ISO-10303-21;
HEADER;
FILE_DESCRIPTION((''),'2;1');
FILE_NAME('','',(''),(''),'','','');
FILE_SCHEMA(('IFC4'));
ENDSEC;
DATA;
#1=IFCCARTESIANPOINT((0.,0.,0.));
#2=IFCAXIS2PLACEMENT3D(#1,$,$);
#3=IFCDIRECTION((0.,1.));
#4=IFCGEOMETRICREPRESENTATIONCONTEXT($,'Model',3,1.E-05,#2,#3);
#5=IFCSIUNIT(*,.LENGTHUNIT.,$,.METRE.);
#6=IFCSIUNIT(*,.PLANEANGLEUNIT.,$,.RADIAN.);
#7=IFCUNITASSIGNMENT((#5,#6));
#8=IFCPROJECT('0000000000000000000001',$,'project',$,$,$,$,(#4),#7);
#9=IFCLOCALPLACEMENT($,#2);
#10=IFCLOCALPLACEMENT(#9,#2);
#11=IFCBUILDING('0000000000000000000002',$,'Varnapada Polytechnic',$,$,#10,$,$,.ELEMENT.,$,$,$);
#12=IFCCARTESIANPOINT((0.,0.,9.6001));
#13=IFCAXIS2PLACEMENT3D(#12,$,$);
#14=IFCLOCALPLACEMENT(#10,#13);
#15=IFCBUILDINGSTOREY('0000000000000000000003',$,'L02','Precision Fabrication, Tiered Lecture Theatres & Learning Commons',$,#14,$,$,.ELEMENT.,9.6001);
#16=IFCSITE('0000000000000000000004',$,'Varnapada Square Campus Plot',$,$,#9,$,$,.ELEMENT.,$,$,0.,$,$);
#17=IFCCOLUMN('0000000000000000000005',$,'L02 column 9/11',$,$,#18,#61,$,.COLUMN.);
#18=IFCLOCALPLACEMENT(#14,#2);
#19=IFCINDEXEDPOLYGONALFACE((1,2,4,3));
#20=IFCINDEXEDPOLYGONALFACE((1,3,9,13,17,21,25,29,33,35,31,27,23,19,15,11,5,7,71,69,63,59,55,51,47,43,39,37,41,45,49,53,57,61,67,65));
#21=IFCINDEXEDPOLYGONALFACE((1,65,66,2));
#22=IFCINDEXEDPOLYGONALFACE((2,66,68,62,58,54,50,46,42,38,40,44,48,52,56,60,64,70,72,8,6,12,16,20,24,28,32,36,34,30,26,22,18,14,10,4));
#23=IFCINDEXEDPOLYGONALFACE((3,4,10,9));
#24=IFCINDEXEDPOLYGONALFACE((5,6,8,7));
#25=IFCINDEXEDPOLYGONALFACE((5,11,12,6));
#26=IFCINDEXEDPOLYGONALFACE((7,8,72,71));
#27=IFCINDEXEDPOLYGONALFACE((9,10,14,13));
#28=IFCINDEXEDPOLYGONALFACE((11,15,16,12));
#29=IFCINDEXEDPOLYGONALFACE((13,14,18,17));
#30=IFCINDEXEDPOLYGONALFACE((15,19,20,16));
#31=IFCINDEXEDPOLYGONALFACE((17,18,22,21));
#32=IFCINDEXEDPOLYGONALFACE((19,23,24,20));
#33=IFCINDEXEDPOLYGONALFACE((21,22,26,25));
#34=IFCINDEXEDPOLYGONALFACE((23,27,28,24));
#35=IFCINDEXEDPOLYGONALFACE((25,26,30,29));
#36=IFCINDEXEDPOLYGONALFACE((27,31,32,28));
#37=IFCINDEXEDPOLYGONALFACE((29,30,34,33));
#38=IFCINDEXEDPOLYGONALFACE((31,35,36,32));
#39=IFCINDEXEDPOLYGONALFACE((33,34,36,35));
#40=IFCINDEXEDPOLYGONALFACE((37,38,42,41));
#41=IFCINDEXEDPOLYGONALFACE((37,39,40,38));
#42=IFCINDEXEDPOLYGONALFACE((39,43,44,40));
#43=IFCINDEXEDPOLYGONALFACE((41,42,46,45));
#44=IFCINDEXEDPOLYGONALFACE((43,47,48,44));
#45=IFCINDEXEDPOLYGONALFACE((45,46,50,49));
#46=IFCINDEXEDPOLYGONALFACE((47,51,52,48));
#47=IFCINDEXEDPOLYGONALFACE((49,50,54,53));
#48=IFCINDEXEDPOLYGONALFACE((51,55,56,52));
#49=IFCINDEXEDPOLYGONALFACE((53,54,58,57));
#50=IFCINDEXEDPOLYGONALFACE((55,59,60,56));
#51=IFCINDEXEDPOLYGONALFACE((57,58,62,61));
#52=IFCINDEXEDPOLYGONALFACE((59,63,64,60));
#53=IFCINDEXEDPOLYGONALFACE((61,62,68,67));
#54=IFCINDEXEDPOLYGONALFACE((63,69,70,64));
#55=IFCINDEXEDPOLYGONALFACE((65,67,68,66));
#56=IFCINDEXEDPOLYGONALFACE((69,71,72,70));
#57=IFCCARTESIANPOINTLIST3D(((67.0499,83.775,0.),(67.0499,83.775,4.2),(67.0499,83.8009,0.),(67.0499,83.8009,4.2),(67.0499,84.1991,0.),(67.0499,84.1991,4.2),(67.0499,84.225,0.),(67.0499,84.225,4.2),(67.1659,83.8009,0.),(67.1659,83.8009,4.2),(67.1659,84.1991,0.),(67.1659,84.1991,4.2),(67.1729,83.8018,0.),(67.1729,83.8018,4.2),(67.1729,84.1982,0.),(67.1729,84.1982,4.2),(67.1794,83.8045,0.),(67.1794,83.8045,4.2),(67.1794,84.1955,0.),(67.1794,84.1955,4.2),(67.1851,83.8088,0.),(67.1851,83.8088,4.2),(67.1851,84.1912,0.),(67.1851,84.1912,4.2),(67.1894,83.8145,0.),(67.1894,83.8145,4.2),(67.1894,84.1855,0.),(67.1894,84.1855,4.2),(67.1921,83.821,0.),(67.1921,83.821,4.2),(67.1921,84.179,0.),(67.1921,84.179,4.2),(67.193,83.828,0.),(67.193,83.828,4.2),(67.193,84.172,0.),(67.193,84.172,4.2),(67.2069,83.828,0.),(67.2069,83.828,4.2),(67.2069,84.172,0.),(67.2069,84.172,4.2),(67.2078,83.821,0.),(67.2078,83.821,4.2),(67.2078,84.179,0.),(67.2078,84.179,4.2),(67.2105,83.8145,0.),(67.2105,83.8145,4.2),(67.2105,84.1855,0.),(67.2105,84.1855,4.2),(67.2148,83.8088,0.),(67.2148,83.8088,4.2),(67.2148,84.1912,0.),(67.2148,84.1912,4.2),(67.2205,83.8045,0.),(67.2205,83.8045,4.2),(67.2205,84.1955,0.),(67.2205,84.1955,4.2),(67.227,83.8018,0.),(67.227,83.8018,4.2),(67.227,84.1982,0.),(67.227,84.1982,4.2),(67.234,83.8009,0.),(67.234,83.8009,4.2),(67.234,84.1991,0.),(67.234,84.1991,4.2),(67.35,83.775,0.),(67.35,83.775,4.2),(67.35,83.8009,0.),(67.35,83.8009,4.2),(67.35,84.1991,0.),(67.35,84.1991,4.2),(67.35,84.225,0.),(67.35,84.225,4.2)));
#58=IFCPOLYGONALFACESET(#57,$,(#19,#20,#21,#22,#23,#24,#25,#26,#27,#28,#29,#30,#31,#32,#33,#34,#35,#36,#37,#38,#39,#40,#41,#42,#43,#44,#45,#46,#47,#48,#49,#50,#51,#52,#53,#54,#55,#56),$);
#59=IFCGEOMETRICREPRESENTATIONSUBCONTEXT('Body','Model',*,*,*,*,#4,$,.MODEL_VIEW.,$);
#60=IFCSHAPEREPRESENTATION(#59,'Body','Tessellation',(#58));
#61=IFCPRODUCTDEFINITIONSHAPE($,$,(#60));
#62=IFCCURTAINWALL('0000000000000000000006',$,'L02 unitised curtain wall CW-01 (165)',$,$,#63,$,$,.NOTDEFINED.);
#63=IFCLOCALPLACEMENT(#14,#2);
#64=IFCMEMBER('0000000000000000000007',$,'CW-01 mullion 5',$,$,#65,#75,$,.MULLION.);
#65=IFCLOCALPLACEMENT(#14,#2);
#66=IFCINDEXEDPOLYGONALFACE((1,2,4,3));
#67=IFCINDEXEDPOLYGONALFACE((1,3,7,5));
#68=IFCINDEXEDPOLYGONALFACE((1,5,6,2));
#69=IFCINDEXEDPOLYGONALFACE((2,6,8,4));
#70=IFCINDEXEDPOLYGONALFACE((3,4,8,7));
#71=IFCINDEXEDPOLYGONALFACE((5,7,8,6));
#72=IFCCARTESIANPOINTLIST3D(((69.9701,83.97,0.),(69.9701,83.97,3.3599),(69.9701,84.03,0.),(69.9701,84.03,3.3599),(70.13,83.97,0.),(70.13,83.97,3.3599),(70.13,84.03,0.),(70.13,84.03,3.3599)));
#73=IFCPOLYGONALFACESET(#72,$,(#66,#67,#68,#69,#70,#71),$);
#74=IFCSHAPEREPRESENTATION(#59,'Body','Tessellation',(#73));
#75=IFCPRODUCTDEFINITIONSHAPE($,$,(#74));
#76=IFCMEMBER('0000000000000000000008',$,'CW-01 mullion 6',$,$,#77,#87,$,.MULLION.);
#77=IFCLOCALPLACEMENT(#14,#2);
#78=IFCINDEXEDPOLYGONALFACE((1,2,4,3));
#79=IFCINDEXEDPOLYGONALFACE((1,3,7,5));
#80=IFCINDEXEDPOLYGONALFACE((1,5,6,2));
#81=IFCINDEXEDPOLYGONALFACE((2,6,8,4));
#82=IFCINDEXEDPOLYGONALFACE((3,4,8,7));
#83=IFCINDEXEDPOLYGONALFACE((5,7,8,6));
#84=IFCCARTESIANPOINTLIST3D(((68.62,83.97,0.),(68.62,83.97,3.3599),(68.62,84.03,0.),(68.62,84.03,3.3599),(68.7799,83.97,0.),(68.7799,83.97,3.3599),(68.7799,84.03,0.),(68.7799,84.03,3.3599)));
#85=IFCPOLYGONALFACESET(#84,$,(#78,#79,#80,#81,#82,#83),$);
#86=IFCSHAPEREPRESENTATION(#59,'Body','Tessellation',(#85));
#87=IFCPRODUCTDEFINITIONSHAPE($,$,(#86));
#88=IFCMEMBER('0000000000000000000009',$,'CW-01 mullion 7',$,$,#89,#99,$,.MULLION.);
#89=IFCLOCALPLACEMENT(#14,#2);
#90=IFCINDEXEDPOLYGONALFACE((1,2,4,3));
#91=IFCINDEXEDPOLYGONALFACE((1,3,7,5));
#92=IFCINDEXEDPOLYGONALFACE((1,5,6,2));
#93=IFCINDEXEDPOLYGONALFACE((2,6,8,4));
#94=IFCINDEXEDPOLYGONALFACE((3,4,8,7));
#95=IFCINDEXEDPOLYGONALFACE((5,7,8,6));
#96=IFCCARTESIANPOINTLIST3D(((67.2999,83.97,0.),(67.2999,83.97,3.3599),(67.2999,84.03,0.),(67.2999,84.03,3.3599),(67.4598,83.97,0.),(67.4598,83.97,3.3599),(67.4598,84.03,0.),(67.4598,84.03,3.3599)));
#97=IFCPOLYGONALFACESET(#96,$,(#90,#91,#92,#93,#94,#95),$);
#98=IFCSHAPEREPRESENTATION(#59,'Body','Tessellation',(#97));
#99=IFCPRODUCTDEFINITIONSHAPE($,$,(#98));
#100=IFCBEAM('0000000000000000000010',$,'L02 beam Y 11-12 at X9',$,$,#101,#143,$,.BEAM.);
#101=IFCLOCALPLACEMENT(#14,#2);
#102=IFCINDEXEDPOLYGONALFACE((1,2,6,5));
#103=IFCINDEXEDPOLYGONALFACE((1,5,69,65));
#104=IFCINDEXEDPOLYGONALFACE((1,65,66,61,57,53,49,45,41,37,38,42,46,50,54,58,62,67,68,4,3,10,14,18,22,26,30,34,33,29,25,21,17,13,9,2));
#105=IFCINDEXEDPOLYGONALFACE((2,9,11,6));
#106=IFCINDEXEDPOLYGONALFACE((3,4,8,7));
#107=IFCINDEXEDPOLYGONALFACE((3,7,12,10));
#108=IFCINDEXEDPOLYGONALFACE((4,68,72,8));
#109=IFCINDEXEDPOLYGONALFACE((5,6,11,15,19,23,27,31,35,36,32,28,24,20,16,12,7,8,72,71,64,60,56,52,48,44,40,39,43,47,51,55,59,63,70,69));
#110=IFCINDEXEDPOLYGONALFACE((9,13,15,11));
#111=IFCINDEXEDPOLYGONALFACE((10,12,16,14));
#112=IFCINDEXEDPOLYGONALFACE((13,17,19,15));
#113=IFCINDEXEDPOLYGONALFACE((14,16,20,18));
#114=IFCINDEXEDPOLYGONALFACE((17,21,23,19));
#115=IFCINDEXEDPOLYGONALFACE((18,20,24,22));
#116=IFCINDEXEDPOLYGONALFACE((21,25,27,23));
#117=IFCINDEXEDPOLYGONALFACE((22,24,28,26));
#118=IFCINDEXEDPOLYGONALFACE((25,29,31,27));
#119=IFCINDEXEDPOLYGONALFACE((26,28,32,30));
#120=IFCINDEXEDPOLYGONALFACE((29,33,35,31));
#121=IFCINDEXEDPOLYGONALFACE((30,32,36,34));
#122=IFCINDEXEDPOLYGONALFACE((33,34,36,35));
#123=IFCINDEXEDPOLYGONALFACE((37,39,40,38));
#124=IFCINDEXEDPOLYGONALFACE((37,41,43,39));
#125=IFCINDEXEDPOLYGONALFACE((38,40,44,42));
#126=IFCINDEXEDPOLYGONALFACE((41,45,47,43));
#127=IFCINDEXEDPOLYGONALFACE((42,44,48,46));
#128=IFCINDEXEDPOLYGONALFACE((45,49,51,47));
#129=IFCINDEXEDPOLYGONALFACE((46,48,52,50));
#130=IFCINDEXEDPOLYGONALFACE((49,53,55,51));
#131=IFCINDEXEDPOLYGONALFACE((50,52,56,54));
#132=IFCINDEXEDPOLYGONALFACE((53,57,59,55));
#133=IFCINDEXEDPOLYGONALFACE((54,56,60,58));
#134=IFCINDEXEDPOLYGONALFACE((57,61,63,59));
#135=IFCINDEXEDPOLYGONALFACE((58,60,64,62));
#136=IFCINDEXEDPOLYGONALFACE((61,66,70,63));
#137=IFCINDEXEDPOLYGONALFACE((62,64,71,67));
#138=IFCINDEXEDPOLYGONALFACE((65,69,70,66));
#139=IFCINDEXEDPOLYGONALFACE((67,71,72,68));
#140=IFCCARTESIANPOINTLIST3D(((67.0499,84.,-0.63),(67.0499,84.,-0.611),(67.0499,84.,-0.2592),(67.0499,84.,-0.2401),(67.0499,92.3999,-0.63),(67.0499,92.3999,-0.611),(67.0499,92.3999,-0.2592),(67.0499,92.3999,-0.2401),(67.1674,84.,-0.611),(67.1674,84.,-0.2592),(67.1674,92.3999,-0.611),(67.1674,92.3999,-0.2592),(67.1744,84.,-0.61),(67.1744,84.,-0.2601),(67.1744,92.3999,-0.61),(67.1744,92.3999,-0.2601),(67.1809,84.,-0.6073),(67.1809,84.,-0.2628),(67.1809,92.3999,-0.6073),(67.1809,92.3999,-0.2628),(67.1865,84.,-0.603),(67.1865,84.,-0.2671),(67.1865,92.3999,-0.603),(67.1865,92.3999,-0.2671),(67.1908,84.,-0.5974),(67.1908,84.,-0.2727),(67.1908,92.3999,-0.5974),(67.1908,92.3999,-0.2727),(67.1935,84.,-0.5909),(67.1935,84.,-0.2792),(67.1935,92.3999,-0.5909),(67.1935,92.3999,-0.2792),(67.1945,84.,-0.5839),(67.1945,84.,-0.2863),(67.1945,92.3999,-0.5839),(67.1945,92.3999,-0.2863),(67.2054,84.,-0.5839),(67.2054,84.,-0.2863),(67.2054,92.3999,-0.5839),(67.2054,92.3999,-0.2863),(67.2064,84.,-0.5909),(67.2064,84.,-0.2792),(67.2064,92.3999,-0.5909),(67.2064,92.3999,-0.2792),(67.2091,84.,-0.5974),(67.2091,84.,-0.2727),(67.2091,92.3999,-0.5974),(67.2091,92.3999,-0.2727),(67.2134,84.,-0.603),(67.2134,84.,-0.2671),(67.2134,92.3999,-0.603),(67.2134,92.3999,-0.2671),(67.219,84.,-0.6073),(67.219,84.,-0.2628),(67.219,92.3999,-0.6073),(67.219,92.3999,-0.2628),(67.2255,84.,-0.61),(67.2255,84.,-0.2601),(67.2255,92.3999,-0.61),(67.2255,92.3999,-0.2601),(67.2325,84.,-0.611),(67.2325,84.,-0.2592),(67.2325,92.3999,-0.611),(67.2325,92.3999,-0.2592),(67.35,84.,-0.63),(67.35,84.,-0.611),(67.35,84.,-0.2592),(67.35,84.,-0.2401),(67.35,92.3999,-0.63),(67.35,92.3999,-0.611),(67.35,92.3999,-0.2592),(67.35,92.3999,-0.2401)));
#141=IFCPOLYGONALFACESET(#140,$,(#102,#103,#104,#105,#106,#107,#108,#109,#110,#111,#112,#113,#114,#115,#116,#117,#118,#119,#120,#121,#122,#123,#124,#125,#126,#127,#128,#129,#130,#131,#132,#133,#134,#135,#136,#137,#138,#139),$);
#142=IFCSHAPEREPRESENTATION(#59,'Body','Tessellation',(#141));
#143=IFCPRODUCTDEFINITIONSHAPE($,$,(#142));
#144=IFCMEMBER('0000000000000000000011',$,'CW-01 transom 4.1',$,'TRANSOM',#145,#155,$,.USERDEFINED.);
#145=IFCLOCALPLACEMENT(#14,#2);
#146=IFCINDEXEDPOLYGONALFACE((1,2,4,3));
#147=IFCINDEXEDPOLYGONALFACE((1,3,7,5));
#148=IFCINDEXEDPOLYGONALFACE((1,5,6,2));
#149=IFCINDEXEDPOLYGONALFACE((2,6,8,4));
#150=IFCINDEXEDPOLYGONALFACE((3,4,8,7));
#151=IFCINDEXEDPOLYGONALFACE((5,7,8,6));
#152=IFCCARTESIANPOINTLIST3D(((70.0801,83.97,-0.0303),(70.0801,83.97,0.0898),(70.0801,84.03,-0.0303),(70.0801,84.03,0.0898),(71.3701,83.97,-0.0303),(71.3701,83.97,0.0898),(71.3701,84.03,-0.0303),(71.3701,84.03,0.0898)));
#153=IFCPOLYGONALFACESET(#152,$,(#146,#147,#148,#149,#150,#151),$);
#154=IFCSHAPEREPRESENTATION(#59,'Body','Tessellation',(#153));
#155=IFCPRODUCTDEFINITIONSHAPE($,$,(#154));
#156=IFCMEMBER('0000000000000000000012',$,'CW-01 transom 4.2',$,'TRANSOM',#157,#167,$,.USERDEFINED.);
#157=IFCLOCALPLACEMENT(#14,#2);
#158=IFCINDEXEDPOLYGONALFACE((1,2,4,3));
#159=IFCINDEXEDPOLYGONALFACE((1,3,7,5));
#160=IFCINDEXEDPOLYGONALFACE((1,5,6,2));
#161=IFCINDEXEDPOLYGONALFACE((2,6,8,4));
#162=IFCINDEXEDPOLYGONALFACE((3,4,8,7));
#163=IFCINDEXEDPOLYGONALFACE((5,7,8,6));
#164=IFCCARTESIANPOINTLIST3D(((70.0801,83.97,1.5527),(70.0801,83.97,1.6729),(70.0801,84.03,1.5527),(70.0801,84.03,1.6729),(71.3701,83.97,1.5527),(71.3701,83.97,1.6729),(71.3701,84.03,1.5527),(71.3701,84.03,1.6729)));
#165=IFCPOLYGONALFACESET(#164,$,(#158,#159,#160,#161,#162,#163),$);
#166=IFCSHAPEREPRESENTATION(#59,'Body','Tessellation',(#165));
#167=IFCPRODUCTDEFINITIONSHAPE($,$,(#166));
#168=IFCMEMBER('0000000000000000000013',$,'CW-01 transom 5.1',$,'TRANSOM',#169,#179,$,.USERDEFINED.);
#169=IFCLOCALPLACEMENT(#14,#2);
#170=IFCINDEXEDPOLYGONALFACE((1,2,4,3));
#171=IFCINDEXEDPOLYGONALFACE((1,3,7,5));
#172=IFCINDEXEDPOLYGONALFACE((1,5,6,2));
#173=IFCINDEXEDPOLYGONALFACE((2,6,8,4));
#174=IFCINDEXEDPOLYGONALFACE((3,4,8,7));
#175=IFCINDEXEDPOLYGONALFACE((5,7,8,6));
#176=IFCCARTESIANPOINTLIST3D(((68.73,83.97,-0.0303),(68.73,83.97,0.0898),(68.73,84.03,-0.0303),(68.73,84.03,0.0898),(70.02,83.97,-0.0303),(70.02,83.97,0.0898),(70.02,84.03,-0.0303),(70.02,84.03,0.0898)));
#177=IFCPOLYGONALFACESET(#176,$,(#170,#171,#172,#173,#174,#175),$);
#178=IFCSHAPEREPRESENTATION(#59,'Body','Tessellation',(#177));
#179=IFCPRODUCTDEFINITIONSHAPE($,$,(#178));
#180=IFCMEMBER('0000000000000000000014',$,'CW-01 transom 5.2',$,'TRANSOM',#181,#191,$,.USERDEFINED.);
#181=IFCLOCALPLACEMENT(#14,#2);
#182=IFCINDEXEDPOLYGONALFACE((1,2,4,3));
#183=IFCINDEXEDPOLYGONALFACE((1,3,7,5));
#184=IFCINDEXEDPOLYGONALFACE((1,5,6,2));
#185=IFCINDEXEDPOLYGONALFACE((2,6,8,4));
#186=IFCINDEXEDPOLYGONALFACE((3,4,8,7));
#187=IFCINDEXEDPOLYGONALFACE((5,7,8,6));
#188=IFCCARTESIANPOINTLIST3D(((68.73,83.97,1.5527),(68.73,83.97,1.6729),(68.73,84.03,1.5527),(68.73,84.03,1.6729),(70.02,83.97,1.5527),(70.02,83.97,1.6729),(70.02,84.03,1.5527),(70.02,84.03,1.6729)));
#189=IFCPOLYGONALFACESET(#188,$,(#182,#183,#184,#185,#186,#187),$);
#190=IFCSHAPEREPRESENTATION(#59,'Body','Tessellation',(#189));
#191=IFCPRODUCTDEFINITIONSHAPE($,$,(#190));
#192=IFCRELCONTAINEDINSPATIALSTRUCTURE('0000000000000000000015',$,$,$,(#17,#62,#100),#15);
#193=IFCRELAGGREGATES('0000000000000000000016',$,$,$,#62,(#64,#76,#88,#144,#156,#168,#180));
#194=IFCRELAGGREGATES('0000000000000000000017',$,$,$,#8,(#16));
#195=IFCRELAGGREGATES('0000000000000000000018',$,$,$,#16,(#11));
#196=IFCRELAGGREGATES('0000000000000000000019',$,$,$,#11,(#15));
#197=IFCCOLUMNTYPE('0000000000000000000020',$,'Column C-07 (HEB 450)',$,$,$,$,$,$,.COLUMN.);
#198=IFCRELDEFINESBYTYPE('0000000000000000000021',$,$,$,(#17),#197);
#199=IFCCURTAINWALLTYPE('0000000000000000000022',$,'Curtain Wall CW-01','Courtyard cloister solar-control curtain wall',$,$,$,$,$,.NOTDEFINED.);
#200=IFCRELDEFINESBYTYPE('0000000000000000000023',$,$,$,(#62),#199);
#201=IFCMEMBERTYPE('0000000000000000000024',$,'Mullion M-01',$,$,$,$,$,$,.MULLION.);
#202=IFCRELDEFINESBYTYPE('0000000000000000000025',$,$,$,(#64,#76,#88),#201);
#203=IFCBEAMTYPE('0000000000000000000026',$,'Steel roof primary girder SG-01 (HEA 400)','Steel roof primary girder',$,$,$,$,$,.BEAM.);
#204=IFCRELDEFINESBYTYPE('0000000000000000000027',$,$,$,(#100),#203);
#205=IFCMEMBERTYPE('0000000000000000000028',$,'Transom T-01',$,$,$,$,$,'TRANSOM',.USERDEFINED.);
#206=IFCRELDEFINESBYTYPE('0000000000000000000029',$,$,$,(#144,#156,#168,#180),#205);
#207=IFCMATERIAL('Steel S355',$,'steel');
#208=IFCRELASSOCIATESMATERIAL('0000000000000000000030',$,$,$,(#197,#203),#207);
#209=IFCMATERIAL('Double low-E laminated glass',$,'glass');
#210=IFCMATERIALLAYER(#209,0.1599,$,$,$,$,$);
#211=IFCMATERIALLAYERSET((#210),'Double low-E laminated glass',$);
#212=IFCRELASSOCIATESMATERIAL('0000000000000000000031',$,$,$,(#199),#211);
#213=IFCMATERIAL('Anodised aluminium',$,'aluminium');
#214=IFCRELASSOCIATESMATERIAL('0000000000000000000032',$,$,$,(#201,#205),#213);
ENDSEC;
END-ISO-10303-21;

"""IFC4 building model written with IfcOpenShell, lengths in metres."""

from ifc_helpers import new_model, si_unit, direction, frame, origin, origin_2d, place, context, subcontext, project, spatial, rectangle, i_section, extrude, material, layer, layer_set, material_profile, profile_set, type_object, element, aggregate, save


model = new_model("IFC4")

# Units and contexts
model_context = context("Model", 3, precision=1e-05, world=origin(), true_north=direction((0.0, 1.0)))
body_context = subcontext(model_context, "Body", "Model", "MODEL_VIEW")
ifc_project = project(units=[si_unit("LENGTHUNIT", "METRE"), si_unit("PLANEANGLEUNIT", "RADIAN")], contexts=[model_context])

# Site, building, storey
site_placement = place(None, origin())
site = spatial("IfcSite", under=ifc_project, at=site_placement, Name="Varnapada Square Campus Plot", CompositionType="ELEMENT", RefElevation=0.0)
building_placement = place(site_placement, origin())
building = spatial("IfcBuilding", under=site, at=building_placement, Name="Varnapada Polytechnic", CompositionType="ELEMENT")
storey_placement = place(building_placement, frame((0.0, 0.0, 9.6001)))
storey = spatial("IfcBuildingStorey", under=building, at=storey_placement, Name="L02", Description="Precision Fabrication, Tiered Lecture Theatres & Learning Commons", CompositionType="ELEMENT", Elevation=9.6001)

# Column
ifc_material_1 = material(Name="Steel S355", Category="steel")
ifc_material_profile_1 = material_profile(ifc_material_1, i_section(OverallWidth=0.3, OverallDepth=0.45, WebThickness=0.0139, FlangeThickness=0.0259, FilletRadius=0.0271, at=origin_2d()), Name="HEB 450")
ifc_profile_set_1 = profile_set([ifc_material_profile_1], Name="Steel S355")
column_type = type_object("IfcColumnType", Name="Column C-07 (HEB 450)", PredefinedType="COLUMN", material=ifc_profile_set_1)
column_placement = place(storey_placement, frame((67.2, 84.0, 0.0), z_axis=(0.0, 0.0, 1.0), x_axis=(1.0, 0.0, 0.0)))
element("IfcColumn", 1, at=column_placement, inside=storey, type_object=column_type, Name="L02 column 9/11", PredefinedType="COLUMN", context=body_context, shape_type="SweptSolid", body=[
    extrude(i_section(OverallWidth=0.3, OverallDepth=0.45, WebThickness=0.0139, FlangeThickness=0.0259, FilletRadius=0.0271, at=origin_2d()), origin(), (0.0, 0.0, 1.0), 4.2),
])

# Curtain wall, members
ifc_material_2 = material(Name="Double low-E laminated glass", Category="glass")
ifc_layer_1 = layer(ifc_material_2, 0.1599)
ifc_layer_set_1 = layer_set([ifc_layer_1], Name="Double low-E laminated glass")
curtain_wall_type = type_object("IfcCurtainWallType", Name="Curtain Wall CW-01", Description="Courtyard cloister solar-control curtain wall", PredefinedType="NOTDEFINED", material=ifc_layer_set_1)
curtain_wall_placement = place(storey_placement, origin())
curtain_wall = element("IfcCurtainWall", 2, at=curtain_wall_placement, inside=storey, type_object=curtain_wall_type, Name="L02 unitised curtain wall CW-01 (165)", PredefinedType="NOTDEFINED")
ifc_material_3 = material(Name="Anodised aluminium", Category="aluminium")
ifc_material_profile_2 = material_profile(ifc_material_3, rectangle(XDim=0.0601, YDim=0.1599, at=origin_2d()), Name="ALU M60x160")
ifc_profile_set_2 = profile_set([ifc_material_profile_2], Name="Anodised aluminium")
member_type_1 = type_object("IfcMemberType", Name="Mullion M-01", PredefinedType="MULLION", material=ifc_profile_set_2)
member_1_placement = place(storey_placement, frame((70.05, 84.0, 0.0), z_axis=(0.0, 0.0, 1.0), x_axis=(0.0, -1.0, 0.0)))
member_1 = element("IfcMember", 3, at=member_1_placement, type_object=member_type_1, Name="CW-01 mullion 5", PredefinedType="MULLION", context=body_context, shape_type="SweptSolid", body=[
    extrude(rectangle(XDim=0.0601, YDim=0.1599, at=origin_2d()), origin(), (0.0, 0.0, 1.0), 3.3599),
])
member_2_placement = place(storey_placement, frame((68.7, 84.0, 0.0), z_axis=(0.0, 0.0, 1.0), x_axis=(0.0, -1.0, 0.0)))
member_2 = element("IfcMember", 4, at=member_2_placement, type_object=member_type_1, Name="CW-01 mullion 6", PredefinedType="MULLION", context=body_context, shape_type="SweptSolid", body=[
    extrude(rectangle(XDim=0.0601, YDim=0.1599, at=origin_2d()), origin(), (0.0, 0.0, 1.0), 3.3599),
])
member_3_placement = place(storey_placement, frame((67.3799, 84.0, 0.0), z_axis=(0.0, 0.0, 1.0), x_axis=(0.0, -1.0, 0.0)))
member_3 = element("IfcMember", 5, at=member_3_placement, type_object=member_type_1, Name="CW-01 mullion 7", PredefinedType="MULLION", context=body_context, shape_type="SweptSolid", body=[
    extrude(rectangle(XDim=0.0601, YDim=0.1599, at=origin_2d()), origin(), (0.0, 0.0, 1.0), 3.3599),
])

# Beam
ifc_material_profile_3 = material_profile(ifc_material_1, i_section(OverallWidth=0.3, OverallDepth=0.3899, WebThickness=0.011, FlangeThickness=0.019, FilletRadius=0.0271, at=origin_2d()), Name="HEA 400")
ifc_profile_set_3 = profile_set([ifc_material_profile_3], Name="Steel S355")
beam_type_1 = type_object("IfcBeamType", Name="Steel roof primary girder SG-01 (HEA 400)", Description="Steel roof primary girder", PredefinedType="BEAM", material=ifc_profile_set_3)
beam_1_placement = place(storey_placement, frame((67.2, 84.0, -0.4351), z_axis=(0.0, 1.0, 0.0), x_axis=(-1.0, 0.0, 0.0)))
element("IfcBeam", 6, at=beam_1_placement, inside=storey, type_object=beam_type_1, Name="L02 beam Y 11-12 at X9", PredefinedType="BEAM", context=body_context, shape_type="SweptSolid", body=[
    extrude(i_section(OverallWidth=0.3, OverallDepth=0.3899, WebThickness=0.011, FlangeThickness=0.019, FilletRadius=0.0271, at=origin_2d()), origin(), (0.0, 0.0, 1.0), 8.3999),
])

# Members
ifc_material_profile_4 = material_profile(ifc_material_3, rectangle(XDim=0.0601, YDim=0.1201, at=origin_2d()), Name="ALU T60x120")
ifc_profile_set_4 = profile_set([ifc_material_profile_4], Name="Anodised aluminium")
member_type_2 = type_object("IfcMemberType", Name="Transom T-01", ElementType="TRANSOM", PredefinedType="USERDEFINED", material=ifc_profile_set_4)
member_4_placement = place(storey_placement, frame((71.3701, 84.0, 0.0298), z_axis=(-1.0, 0.0, 0.0), x_axis=(0.0, -1.0, 0.0)))
member_4 = element("IfcMember", 7, at=member_4_placement, type_object=member_type_2, Name="CW-01 transom 4.1", ObjectType="TRANSOM", PredefinedType="USERDEFINED", context=body_context, shape_type="SweptSolid", body=[
    extrude(rectangle(XDim=0.0601, YDim=0.1201, at=origin_2d()), origin(), (0.0, 0.0, 1.0), 1.29),
])
member_5_placement = place(storey_placement, frame((71.3701, 84.0, 1.6128), z_axis=(-1.0, 0.0, 0.0), x_axis=(0.0, -1.0, 0.0)))
member_5 = element("IfcMember", 8, at=member_5_placement, type_object=member_type_2, Name="CW-01 transom 4.2", ObjectType="TRANSOM", PredefinedType="USERDEFINED", context=body_context, shape_type="SweptSolid", body=[
    extrude(rectangle(XDim=0.0601, YDim=0.1201, at=origin_2d()), origin(), (0.0, 0.0, 1.0), 1.29),
])
member_6_placement = place(storey_placement, frame((70.02, 84.0, 0.0298), z_axis=(-1.0, 0.0, 0.0), x_axis=(0.0, -1.0, 0.0)))
member_6 = element("IfcMember", 9, at=member_6_placement, type_object=member_type_2, Name="CW-01 transom 5.1", ObjectType="TRANSOM", PredefinedType="USERDEFINED", context=body_context, shape_type="SweptSolid", body=[
    extrude(rectangle(XDim=0.0601, YDim=0.1201, at=origin_2d()), origin(), (0.0, 0.0, 1.0), 1.29),
])
member_7_placement = place(storey_placement, frame((70.02, 84.0, 1.6128), z_axis=(-1.0, 0.0, 0.0), x_axis=(0.0, -1.0, 0.0)))
member_7 = element("IfcMember", 10, at=member_7_placement, type_object=member_type_2, Name="CW-01 transom 5.2", ObjectType="TRANSOM", PredefinedType="USERDEFINED", context=body_context, shape_type="SweptSolid", body=[
    extrude(rectangle(XDim=0.0601, YDim=0.1201, at=origin_2d()), origin(), (0.0, 0.0, 1.0), 1.29),
])

aggregate(curtain_wall, [member_1, member_2, member_3, member_4, member_5, member_6, member_7])

save(model, "model.ifc")
